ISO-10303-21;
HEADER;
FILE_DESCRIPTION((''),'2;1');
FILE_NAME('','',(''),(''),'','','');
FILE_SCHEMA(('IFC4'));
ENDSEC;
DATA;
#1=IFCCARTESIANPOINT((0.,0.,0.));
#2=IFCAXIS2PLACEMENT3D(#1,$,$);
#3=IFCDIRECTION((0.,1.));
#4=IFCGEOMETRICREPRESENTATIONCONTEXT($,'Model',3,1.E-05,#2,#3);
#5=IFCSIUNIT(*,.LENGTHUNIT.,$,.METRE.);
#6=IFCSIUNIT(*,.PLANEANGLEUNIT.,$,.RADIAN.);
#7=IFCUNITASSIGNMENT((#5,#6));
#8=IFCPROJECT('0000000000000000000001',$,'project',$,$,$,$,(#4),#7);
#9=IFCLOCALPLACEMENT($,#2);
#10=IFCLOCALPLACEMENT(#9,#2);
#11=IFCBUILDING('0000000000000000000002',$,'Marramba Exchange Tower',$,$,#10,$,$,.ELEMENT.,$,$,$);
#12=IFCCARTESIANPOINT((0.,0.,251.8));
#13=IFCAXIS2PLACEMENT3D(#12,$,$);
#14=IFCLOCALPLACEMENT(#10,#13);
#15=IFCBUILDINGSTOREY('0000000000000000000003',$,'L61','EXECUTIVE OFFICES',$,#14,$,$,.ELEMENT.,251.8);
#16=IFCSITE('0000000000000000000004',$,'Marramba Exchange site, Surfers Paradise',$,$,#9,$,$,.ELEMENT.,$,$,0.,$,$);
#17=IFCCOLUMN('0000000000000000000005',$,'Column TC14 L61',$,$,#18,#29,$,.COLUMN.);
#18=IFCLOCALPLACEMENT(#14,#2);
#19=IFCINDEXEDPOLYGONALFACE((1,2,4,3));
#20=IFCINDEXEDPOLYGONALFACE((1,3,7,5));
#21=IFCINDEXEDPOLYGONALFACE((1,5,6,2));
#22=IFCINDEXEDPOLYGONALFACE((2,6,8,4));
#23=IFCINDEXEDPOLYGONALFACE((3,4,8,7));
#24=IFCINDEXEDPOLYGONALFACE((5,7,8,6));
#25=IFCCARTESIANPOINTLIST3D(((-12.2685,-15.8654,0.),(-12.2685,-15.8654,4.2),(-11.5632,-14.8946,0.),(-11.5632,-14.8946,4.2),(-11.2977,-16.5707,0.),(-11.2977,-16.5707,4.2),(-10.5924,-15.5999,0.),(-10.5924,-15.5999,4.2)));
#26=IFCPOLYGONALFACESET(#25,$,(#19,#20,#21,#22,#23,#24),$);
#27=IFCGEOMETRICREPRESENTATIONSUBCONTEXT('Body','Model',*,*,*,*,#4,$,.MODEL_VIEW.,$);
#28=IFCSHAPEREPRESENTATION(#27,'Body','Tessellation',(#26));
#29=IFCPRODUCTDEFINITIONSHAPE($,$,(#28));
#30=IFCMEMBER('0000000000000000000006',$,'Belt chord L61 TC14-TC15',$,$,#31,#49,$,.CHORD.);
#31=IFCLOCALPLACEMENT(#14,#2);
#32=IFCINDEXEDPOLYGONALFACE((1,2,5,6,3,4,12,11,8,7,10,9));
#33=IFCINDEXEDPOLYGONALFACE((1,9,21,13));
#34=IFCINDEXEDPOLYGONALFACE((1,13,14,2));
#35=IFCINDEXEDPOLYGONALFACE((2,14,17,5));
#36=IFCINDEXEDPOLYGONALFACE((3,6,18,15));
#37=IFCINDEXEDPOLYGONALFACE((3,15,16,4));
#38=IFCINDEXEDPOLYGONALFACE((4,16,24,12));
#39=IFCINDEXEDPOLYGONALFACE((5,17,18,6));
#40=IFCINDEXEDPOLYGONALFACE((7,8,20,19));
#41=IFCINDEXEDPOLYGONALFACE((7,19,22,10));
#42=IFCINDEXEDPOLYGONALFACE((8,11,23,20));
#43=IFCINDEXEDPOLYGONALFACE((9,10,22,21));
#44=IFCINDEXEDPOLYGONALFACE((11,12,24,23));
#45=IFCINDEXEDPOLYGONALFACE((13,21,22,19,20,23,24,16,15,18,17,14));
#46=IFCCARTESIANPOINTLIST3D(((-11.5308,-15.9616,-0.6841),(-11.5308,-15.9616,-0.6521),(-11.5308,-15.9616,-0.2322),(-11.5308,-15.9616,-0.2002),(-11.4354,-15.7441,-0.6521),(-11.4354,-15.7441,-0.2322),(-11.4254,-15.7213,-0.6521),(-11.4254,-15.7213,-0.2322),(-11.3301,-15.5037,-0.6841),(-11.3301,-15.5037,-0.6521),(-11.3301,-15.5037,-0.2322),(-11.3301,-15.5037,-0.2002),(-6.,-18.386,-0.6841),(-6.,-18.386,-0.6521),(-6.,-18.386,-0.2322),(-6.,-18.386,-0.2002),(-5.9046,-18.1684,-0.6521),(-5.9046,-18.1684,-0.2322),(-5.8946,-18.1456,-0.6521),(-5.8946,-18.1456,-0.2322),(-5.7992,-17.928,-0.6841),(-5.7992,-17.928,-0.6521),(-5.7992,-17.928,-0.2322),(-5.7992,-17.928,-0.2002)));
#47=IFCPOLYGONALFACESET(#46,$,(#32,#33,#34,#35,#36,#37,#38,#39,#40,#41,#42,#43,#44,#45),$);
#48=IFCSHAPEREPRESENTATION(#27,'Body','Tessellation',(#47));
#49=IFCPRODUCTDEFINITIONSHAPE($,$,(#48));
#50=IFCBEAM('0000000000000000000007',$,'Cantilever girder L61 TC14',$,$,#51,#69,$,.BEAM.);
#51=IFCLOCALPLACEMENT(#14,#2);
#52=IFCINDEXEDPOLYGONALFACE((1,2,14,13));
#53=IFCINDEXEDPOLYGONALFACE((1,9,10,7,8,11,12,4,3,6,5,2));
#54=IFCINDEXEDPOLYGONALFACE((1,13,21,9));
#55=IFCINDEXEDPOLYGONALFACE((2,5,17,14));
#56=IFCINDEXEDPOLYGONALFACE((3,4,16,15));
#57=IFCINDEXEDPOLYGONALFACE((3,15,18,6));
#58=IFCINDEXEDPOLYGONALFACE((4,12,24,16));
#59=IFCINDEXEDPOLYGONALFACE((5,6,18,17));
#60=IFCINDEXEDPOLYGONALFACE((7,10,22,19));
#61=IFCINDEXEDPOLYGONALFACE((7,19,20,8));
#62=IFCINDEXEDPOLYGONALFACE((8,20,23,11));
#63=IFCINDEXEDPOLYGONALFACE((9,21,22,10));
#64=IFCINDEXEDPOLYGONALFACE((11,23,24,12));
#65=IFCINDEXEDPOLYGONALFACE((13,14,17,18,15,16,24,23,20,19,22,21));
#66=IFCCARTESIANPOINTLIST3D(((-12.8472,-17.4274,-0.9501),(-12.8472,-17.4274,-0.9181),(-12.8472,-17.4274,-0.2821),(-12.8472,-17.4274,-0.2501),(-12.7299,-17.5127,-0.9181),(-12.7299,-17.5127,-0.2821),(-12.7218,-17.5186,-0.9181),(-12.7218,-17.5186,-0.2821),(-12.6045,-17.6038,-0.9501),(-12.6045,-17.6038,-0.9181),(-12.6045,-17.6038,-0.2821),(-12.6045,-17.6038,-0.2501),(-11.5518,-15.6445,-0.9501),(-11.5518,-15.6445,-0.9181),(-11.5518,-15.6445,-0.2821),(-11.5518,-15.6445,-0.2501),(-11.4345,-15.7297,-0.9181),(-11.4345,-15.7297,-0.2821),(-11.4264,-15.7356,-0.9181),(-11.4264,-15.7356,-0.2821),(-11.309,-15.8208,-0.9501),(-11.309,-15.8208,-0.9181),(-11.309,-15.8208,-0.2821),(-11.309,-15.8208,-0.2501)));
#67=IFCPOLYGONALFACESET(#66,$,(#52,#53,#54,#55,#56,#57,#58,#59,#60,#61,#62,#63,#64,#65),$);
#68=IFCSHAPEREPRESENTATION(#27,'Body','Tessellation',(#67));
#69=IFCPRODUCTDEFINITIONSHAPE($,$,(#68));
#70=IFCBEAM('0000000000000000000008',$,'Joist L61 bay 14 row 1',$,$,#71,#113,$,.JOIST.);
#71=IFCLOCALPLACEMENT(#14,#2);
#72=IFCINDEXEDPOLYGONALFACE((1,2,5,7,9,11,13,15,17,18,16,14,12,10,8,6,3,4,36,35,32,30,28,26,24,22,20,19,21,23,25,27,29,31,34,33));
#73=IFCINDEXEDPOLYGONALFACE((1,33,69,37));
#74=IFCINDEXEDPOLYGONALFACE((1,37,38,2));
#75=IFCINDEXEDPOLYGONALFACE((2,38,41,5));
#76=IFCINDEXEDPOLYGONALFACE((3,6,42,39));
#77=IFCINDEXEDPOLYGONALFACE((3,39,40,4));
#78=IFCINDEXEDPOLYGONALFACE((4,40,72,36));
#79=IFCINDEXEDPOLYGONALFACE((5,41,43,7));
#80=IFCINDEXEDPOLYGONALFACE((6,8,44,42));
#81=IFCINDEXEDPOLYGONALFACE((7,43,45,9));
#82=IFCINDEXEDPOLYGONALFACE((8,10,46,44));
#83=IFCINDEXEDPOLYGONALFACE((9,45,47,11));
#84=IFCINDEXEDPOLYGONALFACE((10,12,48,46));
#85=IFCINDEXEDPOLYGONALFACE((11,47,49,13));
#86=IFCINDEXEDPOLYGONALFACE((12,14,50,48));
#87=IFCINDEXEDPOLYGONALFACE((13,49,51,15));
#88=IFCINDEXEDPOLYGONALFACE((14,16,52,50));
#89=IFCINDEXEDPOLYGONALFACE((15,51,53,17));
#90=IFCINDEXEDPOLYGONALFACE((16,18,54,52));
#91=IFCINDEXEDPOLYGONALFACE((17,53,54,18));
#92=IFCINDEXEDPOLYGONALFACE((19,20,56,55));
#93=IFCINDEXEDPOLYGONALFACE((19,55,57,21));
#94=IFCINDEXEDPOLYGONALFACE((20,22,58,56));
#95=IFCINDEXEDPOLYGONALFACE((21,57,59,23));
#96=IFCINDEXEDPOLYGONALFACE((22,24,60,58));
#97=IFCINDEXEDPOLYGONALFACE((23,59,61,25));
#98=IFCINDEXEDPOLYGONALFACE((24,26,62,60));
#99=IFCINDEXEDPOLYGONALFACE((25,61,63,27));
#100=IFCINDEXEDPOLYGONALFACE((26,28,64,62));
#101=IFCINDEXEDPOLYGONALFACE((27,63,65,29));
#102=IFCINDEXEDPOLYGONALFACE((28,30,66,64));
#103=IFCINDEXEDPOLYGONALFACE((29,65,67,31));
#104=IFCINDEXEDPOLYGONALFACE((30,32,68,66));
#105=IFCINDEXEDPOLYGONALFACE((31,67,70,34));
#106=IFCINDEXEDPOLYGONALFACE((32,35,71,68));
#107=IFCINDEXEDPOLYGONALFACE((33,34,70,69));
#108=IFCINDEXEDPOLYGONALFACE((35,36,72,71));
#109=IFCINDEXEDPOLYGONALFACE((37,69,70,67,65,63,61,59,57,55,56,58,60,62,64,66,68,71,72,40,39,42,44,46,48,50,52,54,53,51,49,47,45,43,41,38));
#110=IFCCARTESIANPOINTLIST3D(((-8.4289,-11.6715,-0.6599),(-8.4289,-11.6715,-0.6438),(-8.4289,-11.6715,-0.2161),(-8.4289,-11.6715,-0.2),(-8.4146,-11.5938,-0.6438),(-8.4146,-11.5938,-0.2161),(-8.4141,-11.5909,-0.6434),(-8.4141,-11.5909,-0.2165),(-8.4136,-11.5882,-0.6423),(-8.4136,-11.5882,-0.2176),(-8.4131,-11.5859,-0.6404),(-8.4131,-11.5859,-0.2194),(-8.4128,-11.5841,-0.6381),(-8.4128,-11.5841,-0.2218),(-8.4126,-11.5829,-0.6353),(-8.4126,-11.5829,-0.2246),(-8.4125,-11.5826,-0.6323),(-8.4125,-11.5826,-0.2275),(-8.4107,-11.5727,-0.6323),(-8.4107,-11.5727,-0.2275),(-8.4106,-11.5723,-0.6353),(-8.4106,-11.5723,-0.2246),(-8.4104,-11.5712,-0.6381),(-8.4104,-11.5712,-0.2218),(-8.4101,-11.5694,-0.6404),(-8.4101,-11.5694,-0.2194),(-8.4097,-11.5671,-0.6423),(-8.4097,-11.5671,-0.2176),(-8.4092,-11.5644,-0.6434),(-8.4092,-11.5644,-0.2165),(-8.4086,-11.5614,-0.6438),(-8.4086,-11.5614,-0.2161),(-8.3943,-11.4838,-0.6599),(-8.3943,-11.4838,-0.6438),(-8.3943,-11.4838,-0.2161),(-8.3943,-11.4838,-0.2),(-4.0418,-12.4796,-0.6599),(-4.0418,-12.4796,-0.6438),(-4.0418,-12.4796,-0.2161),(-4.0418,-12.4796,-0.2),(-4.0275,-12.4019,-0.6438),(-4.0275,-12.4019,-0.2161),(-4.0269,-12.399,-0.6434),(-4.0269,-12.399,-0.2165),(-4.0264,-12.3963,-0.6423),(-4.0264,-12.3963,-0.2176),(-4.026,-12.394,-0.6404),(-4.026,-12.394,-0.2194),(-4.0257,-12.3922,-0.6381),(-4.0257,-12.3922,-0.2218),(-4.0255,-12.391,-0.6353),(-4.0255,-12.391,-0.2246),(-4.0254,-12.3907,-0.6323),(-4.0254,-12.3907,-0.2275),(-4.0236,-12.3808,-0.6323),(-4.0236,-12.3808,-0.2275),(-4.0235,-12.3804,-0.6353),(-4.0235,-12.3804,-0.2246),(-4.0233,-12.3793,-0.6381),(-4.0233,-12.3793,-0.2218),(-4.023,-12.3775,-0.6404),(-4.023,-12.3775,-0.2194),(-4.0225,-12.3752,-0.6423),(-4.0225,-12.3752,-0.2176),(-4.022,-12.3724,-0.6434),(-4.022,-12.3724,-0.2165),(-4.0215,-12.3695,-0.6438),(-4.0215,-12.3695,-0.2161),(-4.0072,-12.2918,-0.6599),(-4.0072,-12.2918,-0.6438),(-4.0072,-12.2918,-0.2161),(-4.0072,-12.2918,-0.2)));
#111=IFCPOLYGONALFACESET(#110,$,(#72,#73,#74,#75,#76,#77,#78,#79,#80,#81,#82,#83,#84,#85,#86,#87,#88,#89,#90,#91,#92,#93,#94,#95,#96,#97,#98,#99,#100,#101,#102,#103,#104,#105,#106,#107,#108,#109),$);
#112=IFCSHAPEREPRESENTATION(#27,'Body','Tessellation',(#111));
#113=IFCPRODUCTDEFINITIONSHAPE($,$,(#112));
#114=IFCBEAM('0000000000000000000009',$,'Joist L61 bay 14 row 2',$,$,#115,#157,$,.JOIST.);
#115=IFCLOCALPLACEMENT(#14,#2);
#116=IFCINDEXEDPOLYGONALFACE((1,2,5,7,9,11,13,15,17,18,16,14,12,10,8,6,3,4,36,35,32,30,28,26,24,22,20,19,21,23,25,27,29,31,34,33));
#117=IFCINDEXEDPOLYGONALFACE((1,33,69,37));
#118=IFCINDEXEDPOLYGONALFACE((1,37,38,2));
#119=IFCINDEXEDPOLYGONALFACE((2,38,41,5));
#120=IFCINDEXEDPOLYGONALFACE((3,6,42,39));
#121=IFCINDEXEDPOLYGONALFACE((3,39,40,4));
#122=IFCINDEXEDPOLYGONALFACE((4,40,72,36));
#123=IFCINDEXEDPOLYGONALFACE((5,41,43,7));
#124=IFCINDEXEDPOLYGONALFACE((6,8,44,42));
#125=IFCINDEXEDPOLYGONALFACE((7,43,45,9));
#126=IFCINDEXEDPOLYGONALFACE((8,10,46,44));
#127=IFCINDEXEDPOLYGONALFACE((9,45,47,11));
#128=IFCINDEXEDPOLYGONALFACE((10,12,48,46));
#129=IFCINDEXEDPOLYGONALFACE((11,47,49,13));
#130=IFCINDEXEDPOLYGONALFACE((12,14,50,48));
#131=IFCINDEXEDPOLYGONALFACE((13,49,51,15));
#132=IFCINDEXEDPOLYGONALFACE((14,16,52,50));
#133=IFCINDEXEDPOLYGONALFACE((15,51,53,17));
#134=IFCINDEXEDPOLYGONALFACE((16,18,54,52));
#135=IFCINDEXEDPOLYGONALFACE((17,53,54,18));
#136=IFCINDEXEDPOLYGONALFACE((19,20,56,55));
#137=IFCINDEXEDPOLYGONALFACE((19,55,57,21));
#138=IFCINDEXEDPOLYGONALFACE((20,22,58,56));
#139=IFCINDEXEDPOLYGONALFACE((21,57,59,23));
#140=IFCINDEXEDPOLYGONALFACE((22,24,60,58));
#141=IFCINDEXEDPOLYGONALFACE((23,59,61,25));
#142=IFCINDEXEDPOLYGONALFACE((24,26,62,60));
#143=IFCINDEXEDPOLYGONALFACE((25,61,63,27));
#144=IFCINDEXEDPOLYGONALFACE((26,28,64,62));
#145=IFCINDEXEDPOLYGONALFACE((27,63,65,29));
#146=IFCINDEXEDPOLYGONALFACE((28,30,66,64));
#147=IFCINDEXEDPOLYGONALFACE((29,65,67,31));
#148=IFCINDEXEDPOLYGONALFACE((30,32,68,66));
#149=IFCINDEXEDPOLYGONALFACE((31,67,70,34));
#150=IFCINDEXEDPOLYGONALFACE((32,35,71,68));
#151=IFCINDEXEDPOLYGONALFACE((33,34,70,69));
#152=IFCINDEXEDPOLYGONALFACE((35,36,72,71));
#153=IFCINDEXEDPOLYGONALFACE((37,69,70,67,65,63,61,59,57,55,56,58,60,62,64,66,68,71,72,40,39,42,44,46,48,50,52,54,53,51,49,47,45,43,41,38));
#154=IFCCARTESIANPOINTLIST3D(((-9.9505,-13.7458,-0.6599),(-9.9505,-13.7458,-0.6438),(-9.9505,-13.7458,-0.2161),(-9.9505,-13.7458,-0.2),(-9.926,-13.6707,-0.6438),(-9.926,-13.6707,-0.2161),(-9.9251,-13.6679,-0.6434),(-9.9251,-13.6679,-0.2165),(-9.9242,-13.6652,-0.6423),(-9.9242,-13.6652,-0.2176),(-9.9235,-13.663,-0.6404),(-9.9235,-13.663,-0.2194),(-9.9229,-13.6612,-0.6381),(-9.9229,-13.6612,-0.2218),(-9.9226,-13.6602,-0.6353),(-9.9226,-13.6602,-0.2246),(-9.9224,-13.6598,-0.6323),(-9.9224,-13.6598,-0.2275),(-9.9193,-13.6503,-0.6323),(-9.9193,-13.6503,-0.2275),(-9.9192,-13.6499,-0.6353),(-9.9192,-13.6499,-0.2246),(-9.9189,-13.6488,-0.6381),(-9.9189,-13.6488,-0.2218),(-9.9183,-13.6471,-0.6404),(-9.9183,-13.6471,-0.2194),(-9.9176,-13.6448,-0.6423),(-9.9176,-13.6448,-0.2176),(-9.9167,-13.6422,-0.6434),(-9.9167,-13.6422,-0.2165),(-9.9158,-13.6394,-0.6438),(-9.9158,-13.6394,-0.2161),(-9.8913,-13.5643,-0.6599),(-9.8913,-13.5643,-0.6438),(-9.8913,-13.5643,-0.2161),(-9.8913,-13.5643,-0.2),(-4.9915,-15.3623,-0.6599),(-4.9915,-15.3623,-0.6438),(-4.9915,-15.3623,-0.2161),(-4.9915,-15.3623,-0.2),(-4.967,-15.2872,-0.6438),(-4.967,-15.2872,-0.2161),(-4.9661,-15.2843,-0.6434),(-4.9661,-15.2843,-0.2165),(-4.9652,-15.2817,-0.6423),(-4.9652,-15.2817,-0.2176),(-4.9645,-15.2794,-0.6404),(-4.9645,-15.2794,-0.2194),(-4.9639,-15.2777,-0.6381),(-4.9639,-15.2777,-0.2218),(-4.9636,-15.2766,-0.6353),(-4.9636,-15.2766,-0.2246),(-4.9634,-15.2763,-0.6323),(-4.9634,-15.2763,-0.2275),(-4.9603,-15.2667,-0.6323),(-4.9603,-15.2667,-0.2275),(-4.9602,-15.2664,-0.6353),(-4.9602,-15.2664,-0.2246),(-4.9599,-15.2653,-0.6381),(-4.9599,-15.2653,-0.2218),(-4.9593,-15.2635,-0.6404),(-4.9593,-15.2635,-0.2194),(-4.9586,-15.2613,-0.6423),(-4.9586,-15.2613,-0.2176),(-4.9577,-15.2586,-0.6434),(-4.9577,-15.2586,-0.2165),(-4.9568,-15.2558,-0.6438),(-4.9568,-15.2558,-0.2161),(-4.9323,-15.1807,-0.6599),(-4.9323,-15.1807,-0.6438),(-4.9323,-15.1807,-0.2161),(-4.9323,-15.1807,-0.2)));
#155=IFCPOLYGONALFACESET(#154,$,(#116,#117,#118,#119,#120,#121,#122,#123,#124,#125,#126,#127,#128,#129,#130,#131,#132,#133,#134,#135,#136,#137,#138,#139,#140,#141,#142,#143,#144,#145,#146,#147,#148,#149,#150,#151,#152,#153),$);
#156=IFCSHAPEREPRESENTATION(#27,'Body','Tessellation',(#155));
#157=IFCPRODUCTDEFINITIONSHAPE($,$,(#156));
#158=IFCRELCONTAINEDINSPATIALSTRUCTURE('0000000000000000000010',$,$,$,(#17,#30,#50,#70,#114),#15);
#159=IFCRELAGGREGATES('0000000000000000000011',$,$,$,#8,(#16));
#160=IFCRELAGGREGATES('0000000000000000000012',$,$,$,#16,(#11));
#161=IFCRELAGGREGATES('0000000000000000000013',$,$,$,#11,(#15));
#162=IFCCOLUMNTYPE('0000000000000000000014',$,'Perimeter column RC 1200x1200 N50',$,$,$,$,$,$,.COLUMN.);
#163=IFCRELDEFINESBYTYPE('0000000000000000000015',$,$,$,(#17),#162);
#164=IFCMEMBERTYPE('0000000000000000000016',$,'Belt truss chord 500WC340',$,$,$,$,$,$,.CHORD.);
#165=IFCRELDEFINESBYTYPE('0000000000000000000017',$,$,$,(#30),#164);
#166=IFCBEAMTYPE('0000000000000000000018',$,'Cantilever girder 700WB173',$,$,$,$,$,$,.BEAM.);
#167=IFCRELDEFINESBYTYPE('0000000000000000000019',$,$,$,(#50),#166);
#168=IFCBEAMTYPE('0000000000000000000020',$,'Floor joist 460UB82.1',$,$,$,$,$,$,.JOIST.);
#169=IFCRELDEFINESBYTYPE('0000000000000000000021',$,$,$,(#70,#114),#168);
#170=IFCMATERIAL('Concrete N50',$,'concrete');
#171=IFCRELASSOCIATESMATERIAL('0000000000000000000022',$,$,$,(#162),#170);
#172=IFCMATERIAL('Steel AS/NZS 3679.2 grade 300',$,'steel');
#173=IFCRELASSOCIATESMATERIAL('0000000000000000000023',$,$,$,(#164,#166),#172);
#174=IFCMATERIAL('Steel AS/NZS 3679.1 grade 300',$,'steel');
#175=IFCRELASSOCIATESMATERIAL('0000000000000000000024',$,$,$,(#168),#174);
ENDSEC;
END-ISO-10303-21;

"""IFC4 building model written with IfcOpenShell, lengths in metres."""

from ifc_helpers import new_model, si_unit, direction, frame, origin, origin_2d, place, context, subcontext, project, spatial, rectangle, i_section, extrude, material, material_profile, profile_set, type_object, element, save


model = new_model("IFC4")

# Units and contexts
model_context = context("Model", 3, precision=1e-05, world=origin(), true_north=direction((0.0, 1.0)))
body_context = subcontext(model_context, "Body", "Model", "MODEL_VIEW")
ifc_project = project(units=[si_unit("LENGTHUNIT", "METRE"), si_unit("PLANEANGLEUNIT", "RADIAN")], contexts=[model_context])

# Site, building, storey
site_placement = place(None, origin())
site = spatial("IfcSite", under=ifc_project, at=site_placement, Name="Marramba Exchange site, Surfers Paradise", CompositionType="ELEMENT", RefElevation=0.0)
building_placement = place(site_placement, origin())
building = spatial("IfcBuilding", under=site, at=building_placement, Name="Marramba Exchange Tower", CompositionType="ELEMENT")
storey_placement = place(building_placement, frame((0.0, 0.0, 251.8)))
storey = spatial("IfcBuildingStorey", under=building, at=storey_placement, Name="L61", Description="EXECUTIVE OFFICES", CompositionType="ELEMENT", Elevation=251.8)

# Column
ifc_material_1 = material(Name="Concrete N50", Category="concrete")
ifc_material_profile_1 = material_profile(ifc_material_1, rectangle(XDim=1.2, YDim=1.2, at=origin_2d()), Name="RC 1200x1200")
ifc_profile_set_1 = profile_set([ifc_material_profile_1], Name="Concrete N50")
column_type = type_object("IfcColumnType", Name="Perimeter column RC 1200x1200 N50", PredefinedType="COLUMN", material=ifc_profile_set_1)
column_placement = place(storey_placement, frame((-11.4304, -15.7327, 0.0), z_axis=(0.0, 0.0, 1.0), x_axis=(-0.587785, -0.809017, 0.0)))
element("IfcColumn", 1, at=column_placement, inside=storey, type_object=column_type, Name="Column TC14 L61", PredefinedType="COLUMN", context=body_context, shape_type="SweptSolid", body=[
    extrude(rectangle(XDim=1.2, YDim=1.2, at=origin_2d()), origin(), (0.0, 0.0, 1.0), 4.2),
])

# Member
ifc_material_2 = material(Name="Steel AS/NZS 3679.2 grade 300", Category="steel")
ifc_material_profile_2 = material_profile(ifc_material_2, i_section(OverallWidth=0.5, OverallDepth=0.4839, WebThickness=0.0249, FlangeThickness=0.032, at=origin_2d()), Name="500WC340")
ifc_profile_set_2 = profile_set([ifc_material_profile_2], Name="Steel AS/NZS 3679.2 grade 300")
member_type = type_object("IfcMemberType", Name="Belt truss chord 500WC340", PredefinedType="CHORD", material=ifc_profile_set_2)
member_placement = place(storey_placement, frame((-11.4304, -15.7327, -0.4421), z_axis=(0.915877, -0.401459, 0.0), x_axis=(0.401459, 0.915877, 0.0)))
element("IfcMember", 2, at=member_placement, inside=storey, type_object=member_type, Name="Belt chord L61 TC14-TC15", PredefinedType="CHORD", context=body_context, shape_type="SweptSolid", body=[
    extrude(i_section(OverallWidth=0.5, OverallDepth=0.4839, WebThickness=0.0249, FlangeThickness=0.032, at=origin_2d()), origin(), (0.0, 0.0, 1.0), 6.0388),
])

# Beams
ifc_material_profile_3 = material_profile(ifc_material_2, i_section(OverallWidth=0.3, OverallDepth=0.7, WebThickness=0.01, FlangeThickness=0.032, at=origin_2d()), Name="700WB173")
ifc_profile_set_3 = profile_set([ifc_material_profile_3], Name="Steel AS/NZS 3679.2 grade 300")
beam_type_1 = type_object("IfcBeamType", Name="Cantilever girder 700WB173", PredefinedType="BEAM", material=ifc_profile_set_3)
beam_1_placement = place(storey_placement, frame((-11.4304, -15.7327, -0.6001), z_axis=(-0.58779, -0.809014, 0.0), x_axis=(0.809014, -0.58779, 0.0)))
element("IfcBeam", 3, at=beam_1_placement, inside=storey, type_object=beam_type_1, Name="Cantilever girder L61 TC14", PredefinedType="BEAM", context=body_context, shape_type="SweptSolid", body=[
    extrude(i_section(OverallWidth=0.3, OverallDepth=0.7, WebThickness=0.01, FlangeThickness=0.032, at=origin_2d()), origin(), (0.0, 0.0, 1.0), 2.2039),
])
ifc_material_3 = material(Name="Steel AS/NZS 3679.1 grade 300", Category="steel")
ifc_material_profile_4 = material_profile(ifc_material_3, i_section(OverallWidth=0.1909, OverallDepth=0.46, WebThickness=0.01, FlangeThickness=0.0161, FilletRadius=0.0115, at=origin_2d()), Name="460UB82.1")
ifc_profile_set_4 = profile_set([ifc_material_profile_4], Name="Steel AS/NZS 3679.1 grade 300")
beam_type_2 = type_object("IfcBeamType", Name="Floor joist 460UB82.1", PredefinedType="JOIST", material=ifc_profile_set_4)
beam_2_placement = place(storey_placement, frame((-8.4116, -11.5776, -0.4299), z_axis=(0.983456, -0.181149, 0.0), x_axis=(0.181149, 0.983456, 0.0)))
element("IfcBeam", 4, at=beam_2_placement, inside=storey, type_object=beam_type_2, Name="Joist L61 bay 14 row 1", PredefinedType="JOIST", context=body_context, shape_type="SweptSolid", body=[
    extrude(i_section(OverallWidth=0.1909, OverallDepth=0.46, WebThickness=0.01, FlangeThickness=0.0161, FilletRadius=0.0115, at=origin_2d()), origin(), (0.0, 0.0, 1.0), 4.4609),
])
beam_3_placement = place(storey_placement, frame((-9.9209, -13.655, -0.4299), z_axis=(0.950764, -0.309916, 0.0), x_axis=(0.309916, 0.950764, 0.0)))
element("IfcBeam", 5, at=beam_3_placement, inside=storey, type_object=beam_type_2, Name="Joist L61 bay 14 row 2", PredefinedType="JOIST", context=body_context, shape_type="SweptSolid", body=[
    extrude(i_section(OverallWidth=0.1909, OverallDepth=0.46, WebThickness=0.01, FlangeThickness=0.0161, FilletRadius=0.0115, at=origin_2d()), origin(), (0.0, 0.0, 1.0), 5.2158),
])

save(model, "model.ifc")
